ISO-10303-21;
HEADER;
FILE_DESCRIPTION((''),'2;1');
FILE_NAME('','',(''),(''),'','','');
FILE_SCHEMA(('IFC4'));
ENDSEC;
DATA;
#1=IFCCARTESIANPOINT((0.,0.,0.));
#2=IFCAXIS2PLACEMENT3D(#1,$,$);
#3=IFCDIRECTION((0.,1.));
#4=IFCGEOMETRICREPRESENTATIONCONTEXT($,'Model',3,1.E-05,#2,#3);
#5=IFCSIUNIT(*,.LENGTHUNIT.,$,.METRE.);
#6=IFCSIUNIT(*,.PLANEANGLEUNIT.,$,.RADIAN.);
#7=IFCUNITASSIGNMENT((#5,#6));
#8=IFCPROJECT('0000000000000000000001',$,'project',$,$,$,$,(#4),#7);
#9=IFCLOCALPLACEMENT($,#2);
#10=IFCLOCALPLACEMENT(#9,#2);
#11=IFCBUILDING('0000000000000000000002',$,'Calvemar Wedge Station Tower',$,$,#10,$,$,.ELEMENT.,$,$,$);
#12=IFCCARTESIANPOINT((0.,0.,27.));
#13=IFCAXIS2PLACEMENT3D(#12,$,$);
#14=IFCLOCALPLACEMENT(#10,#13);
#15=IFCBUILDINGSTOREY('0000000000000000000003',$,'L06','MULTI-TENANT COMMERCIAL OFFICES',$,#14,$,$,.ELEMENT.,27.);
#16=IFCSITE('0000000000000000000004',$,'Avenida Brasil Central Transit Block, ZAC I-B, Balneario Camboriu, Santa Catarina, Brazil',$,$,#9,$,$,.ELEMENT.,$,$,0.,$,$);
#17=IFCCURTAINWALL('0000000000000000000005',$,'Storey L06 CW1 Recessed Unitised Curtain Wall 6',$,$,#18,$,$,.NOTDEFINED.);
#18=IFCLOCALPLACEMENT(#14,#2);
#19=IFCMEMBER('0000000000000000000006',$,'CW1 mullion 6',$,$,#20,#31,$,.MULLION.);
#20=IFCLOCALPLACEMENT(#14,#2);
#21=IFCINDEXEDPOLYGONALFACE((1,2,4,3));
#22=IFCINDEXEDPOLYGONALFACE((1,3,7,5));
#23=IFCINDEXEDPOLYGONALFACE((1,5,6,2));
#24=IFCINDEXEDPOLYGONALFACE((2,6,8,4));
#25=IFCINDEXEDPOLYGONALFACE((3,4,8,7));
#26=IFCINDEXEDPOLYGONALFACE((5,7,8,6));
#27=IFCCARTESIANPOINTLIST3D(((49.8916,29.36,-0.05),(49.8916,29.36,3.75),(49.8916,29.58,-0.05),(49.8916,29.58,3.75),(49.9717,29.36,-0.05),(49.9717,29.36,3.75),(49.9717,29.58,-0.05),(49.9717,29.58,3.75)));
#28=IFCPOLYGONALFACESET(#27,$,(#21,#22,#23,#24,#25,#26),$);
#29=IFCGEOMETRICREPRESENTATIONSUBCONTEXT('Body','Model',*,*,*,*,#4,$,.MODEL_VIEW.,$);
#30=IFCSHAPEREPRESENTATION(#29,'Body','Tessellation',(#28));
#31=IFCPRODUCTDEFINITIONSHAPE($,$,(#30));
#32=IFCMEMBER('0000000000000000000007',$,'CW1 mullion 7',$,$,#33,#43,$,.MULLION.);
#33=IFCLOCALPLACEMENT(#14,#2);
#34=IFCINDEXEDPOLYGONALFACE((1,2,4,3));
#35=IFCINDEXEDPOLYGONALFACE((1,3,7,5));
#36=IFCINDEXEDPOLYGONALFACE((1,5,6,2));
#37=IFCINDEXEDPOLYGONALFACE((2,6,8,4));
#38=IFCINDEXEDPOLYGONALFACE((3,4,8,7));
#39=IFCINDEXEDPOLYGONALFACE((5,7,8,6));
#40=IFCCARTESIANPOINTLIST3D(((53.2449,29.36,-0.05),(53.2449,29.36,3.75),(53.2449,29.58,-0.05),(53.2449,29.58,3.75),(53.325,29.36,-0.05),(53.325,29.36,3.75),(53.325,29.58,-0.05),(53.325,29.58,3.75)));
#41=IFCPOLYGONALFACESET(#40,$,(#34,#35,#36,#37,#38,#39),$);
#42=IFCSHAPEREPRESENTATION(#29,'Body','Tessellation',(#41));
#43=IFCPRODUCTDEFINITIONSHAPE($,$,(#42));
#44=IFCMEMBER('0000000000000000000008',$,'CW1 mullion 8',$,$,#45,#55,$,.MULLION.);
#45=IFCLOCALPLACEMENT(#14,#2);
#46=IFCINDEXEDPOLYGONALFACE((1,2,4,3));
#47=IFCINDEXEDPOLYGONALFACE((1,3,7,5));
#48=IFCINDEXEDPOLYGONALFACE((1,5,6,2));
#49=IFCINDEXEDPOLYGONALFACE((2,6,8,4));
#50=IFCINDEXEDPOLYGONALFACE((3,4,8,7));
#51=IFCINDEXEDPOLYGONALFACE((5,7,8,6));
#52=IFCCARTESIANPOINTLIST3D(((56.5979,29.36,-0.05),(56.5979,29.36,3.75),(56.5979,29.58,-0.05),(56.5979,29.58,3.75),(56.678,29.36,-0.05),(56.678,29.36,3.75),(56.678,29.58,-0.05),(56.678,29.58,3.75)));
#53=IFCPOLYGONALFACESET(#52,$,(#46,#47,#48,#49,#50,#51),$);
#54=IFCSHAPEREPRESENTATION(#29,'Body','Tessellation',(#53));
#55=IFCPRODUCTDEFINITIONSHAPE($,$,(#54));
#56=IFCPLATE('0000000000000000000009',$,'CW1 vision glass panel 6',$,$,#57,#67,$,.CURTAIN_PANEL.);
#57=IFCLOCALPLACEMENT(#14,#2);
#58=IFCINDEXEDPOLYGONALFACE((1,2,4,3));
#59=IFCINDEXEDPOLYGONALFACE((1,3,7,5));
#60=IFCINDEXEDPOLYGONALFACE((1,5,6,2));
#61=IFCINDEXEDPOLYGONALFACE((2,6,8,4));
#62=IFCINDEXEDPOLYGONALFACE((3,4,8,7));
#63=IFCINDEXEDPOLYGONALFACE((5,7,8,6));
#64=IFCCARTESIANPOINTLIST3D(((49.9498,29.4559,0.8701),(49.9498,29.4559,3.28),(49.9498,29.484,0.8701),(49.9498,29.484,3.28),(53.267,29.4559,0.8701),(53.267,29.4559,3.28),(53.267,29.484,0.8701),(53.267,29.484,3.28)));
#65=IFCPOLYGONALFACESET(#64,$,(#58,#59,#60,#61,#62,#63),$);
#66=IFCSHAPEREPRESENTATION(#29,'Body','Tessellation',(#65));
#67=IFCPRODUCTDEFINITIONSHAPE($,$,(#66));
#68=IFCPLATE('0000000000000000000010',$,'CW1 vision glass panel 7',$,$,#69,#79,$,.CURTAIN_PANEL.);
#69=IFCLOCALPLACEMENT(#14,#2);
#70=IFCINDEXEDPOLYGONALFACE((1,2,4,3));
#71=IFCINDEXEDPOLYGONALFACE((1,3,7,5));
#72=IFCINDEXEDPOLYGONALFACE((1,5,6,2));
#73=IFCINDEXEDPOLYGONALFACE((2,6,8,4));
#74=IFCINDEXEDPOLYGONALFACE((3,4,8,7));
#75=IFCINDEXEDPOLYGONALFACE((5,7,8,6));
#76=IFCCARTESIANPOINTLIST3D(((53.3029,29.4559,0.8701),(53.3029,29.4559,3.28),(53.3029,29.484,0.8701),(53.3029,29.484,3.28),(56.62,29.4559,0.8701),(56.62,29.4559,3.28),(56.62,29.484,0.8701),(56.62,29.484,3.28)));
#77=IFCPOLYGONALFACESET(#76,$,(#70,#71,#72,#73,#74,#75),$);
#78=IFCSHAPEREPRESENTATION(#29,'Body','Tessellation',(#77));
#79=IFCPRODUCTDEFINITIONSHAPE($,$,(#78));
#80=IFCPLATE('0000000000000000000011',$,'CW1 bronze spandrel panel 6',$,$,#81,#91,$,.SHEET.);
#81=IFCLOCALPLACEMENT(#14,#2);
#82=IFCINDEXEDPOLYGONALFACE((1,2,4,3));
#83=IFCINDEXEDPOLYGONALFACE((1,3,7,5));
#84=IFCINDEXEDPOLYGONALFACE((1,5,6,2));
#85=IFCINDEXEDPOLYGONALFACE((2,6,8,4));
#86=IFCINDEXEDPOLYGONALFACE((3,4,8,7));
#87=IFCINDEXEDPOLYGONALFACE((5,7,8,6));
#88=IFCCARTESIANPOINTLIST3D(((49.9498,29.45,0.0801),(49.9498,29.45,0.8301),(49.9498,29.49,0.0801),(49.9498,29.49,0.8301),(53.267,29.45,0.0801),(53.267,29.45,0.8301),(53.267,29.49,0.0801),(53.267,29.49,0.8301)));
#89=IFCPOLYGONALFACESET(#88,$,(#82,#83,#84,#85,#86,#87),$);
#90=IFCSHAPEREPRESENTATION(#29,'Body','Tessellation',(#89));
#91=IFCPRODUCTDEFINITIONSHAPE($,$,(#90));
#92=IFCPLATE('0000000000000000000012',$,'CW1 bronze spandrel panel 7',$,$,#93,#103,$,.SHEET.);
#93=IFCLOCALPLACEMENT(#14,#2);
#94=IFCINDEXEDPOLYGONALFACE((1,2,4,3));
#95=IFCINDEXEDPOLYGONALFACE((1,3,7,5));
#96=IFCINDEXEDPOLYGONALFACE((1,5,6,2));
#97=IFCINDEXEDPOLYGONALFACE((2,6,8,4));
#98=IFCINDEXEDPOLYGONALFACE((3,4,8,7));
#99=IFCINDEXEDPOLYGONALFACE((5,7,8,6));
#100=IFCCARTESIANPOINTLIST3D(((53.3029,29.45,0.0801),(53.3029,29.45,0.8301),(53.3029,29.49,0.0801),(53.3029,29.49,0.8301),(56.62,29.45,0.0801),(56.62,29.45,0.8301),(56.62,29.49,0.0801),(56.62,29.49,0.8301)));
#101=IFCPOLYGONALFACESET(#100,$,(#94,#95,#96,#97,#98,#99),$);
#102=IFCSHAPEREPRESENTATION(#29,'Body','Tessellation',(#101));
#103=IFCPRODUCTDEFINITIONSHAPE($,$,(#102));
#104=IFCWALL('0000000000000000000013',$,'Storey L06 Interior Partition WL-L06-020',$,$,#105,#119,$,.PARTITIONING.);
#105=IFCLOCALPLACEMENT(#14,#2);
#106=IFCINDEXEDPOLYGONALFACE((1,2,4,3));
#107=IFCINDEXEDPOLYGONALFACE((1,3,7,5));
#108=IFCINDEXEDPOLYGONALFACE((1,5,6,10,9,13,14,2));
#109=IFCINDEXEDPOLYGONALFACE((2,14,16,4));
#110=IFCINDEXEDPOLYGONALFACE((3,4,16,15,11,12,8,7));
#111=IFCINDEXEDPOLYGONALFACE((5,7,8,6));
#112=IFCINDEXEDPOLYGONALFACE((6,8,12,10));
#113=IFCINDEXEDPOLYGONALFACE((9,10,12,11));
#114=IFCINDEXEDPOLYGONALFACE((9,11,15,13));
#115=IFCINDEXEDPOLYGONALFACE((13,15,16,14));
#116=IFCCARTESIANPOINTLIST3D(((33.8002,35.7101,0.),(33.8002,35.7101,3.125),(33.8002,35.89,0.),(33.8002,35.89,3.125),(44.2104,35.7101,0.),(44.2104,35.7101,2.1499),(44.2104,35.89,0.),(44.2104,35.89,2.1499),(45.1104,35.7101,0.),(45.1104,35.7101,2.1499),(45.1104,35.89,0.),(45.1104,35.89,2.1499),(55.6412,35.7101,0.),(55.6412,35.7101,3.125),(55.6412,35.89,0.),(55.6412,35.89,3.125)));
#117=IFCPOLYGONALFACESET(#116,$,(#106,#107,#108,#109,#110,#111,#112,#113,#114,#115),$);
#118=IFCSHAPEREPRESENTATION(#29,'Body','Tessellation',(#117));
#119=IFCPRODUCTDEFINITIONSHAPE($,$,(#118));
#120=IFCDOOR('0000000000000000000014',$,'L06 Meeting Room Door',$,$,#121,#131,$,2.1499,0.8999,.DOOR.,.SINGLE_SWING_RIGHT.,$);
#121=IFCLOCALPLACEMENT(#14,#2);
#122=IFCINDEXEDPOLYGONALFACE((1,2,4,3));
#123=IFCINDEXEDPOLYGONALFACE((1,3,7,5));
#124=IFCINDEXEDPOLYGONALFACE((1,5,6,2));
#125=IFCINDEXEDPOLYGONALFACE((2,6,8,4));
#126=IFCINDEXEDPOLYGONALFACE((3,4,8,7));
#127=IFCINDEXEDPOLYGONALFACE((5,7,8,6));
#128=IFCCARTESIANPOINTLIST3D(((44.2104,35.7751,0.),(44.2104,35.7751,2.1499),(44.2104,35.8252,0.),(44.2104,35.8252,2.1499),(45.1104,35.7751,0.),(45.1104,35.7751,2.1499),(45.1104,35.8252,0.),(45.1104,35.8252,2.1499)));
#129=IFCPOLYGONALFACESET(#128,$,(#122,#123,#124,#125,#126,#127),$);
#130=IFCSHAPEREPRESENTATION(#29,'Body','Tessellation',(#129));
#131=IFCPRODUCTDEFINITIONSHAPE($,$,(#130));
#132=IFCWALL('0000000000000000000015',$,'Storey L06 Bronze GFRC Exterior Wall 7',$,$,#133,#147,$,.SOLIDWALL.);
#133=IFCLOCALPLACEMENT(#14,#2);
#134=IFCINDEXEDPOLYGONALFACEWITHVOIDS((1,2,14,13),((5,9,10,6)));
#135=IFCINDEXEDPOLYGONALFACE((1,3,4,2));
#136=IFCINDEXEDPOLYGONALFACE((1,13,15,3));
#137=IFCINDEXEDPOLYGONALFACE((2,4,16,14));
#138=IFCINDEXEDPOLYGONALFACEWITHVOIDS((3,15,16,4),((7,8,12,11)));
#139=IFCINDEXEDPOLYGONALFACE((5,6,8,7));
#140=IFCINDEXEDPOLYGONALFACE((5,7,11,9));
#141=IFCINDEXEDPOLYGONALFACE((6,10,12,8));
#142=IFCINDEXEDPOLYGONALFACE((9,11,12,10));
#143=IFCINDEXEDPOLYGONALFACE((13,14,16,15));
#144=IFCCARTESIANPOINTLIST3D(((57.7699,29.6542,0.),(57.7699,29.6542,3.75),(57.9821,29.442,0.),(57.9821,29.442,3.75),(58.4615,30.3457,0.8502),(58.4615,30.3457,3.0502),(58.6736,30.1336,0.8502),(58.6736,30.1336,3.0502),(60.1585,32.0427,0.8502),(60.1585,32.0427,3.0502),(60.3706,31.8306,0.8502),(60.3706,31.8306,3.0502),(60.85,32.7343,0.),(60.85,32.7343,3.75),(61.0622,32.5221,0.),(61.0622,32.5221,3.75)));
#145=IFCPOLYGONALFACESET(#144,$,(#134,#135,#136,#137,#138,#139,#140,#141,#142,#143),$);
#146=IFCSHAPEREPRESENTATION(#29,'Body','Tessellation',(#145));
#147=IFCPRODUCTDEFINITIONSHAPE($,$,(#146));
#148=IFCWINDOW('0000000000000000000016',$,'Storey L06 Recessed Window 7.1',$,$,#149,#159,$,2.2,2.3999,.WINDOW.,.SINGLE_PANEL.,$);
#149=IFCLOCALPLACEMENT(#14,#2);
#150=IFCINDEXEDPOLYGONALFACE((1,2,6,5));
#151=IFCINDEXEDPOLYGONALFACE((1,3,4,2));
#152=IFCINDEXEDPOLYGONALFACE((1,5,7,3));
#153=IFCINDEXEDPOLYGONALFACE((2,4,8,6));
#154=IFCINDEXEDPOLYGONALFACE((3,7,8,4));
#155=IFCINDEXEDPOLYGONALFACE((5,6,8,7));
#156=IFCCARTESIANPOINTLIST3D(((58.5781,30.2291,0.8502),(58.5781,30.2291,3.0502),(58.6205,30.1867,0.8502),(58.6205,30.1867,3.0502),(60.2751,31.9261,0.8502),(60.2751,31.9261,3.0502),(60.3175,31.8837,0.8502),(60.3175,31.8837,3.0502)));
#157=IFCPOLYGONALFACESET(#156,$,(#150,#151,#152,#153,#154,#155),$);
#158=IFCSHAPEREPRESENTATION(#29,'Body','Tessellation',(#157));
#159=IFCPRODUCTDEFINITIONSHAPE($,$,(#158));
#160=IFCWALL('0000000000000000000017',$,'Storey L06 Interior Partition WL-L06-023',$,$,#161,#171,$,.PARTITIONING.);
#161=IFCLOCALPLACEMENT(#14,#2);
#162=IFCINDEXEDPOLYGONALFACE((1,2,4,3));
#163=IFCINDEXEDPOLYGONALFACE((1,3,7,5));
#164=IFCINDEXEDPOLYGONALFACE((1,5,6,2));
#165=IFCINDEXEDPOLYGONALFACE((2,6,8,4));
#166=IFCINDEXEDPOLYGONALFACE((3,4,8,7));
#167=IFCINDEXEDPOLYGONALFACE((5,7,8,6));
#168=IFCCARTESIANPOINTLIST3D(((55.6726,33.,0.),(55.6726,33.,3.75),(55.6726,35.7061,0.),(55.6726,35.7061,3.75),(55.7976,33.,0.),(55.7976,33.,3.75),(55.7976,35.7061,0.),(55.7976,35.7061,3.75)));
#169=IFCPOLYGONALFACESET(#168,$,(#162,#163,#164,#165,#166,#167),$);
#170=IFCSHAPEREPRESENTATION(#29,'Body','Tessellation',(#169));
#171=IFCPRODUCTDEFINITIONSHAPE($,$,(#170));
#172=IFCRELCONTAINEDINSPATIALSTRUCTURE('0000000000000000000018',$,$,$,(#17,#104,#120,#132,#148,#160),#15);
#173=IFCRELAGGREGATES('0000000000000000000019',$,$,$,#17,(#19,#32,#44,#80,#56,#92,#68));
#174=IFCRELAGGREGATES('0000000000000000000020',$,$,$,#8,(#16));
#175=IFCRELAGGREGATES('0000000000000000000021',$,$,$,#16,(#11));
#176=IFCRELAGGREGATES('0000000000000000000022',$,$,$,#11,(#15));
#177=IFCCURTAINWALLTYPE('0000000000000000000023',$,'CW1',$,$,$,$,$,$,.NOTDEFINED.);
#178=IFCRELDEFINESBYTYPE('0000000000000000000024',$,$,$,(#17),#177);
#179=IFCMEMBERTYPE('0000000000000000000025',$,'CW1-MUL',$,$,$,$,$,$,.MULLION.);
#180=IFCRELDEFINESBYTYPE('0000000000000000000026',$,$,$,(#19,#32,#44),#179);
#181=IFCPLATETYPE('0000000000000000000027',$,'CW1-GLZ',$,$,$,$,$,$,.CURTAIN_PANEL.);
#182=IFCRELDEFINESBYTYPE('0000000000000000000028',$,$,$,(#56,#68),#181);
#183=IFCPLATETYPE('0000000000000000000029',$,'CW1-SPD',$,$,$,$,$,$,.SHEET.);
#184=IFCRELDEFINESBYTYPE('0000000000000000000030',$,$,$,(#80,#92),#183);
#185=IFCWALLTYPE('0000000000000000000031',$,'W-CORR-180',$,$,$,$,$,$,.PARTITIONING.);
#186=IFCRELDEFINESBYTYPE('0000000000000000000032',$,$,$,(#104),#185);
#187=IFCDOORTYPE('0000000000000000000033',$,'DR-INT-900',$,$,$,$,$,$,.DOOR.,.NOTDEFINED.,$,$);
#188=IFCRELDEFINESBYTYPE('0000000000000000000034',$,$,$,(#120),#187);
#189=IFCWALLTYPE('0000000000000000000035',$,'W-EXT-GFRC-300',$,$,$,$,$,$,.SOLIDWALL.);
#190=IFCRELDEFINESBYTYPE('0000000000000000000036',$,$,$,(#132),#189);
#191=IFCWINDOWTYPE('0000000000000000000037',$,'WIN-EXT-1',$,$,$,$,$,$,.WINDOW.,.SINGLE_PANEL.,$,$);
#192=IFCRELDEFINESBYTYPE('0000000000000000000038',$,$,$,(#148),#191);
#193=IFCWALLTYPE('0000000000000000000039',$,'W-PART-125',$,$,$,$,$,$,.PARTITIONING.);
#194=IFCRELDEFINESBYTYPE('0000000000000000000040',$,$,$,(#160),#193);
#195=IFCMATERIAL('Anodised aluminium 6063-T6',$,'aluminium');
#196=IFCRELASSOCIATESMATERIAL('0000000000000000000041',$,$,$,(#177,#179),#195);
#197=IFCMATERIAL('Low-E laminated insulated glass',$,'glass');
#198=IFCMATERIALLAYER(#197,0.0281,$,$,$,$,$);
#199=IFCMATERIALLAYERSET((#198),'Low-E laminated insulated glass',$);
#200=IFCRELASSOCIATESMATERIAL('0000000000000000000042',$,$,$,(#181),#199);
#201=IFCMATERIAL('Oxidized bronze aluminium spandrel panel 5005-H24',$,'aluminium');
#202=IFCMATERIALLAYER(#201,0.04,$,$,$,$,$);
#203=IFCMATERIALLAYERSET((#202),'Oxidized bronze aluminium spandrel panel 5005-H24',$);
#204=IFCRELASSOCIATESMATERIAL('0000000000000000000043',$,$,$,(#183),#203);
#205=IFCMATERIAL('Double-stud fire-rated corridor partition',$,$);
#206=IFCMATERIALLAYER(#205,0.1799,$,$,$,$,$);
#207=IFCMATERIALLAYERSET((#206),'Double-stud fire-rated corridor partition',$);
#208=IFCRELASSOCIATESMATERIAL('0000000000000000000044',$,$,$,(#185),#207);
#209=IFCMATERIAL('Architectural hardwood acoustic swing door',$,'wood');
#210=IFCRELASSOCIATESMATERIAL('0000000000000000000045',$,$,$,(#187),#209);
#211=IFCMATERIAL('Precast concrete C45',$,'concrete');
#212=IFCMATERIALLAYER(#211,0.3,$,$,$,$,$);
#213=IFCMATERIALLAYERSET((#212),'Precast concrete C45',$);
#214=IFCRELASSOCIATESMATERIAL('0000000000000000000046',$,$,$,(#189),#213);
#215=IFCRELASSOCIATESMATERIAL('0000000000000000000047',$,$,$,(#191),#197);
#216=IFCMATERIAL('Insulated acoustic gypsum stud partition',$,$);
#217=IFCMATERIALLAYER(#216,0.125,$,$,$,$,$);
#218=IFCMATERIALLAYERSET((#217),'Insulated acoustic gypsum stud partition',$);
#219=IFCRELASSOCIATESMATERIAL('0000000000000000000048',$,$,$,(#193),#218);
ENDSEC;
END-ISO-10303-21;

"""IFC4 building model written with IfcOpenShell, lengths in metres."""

from ifc_helpers import new_model, si_unit, direction, frame, frame_2d, origin, origin_2d, place, context, subcontext, project, spatial, rectangle, extrude, source, transform, mapped, material, layer, layer_set, material_profile, profile_set, type_object, element, fill, aggregate, save


model = new_model("IFC4")

# Units and contexts
model_context = context("Model", 3, precision=1e-05, world=origin(), true_north=direction((0.0, 1.0)))
body_context = subcontext(model_context, "Body", "Model", "MODEL_VIEW")
ifc_project = project(units=[si_unit("LENGTHUNIT", "METRE"), si_unit("PLANEANGLEUNIT", "RADIAN")], contexts=[model_context])

# Site, building, storey
site_placement = place(None, origin())
site = spatial("IfcSite", under=ifc_project, at=site_placement, Name="Avenida Brasil Central Transit Block, ZAC I-B, Balneario Camboriu, Santa Catarina, Brazil", CompositionType="ELEMENT", RefElevation=0.0)
building_placement = place(site_placement, origin())
building = spatial("IfcBuilding", under=site, at=building_placement, Name="Calvemar Wedge Station Tower", CompositionType="ELEMENT")
storey_placement = place(building_placement, frame((0.0, 0.0, 27.0)))
storey = spatial("IfcBuildingStorey", under=building, at=storey_placement, Name="L06", Description="MULTI-TENANT COMMERCIAL OFFICES", CompositionType="ELEMENT", Elevation=27.0)

# Curtain wall, members, plates
ifc_material_1 = material(Name="Anodised aluminium 6063-T6", Category="aluminium")
curtain_wall_type = type_object("IfcCurtainWallType", Name="CW1", PredefinedType="NOTDEFINED", material=ifc_material_1)
curtain_wall_placement = place(storey_placement, origin())
curtain_wall = element("IfcCurtainWall", 1, at=curtain_wall_placement, inside=storey, type_object=curtain_wall_type, Name="Storey L06 CW1 Recessed Unitised Curtain Wall 6", PredefinedType="NOTDEFINED")
ifc_material_profile = material_profile(ifc_material_1, rectangle(XDim=0.0801, YDim=0.22, at=origin_2d()), Name="AL-MUL-80x220")
ifc_profile_set = profile_set([ifc_material_profile], Name="Anodised aluminium 6063-T6")
member_type = type_object("IfcMemberType", Name="CW1-MUL", PredefinedType="MULLION", material=ifc_profile_set)
shared_shape_1 = source(origin(), body_context, "Body", "SweptSolid", [
    extrude(rectangle(XDim=0.0801, YDim=0.22, at=origin_2d()), origin(), (0.0, 0.0, 1.0), 3.8),
])
member_1_placement = place(storey_placement, frame((49.9316, 29.47, -0.05), z_axis=(0.0, 0.0, 1.0), x_axis=(1.0, 0.0, 0.0)))
member_1 = element("IfcMember", 2, at=member_1_placement, type_object=member_type, Name="CW1 mullion 6", PredefinedType="MULLION", context=body_context, shape_type="MappedRepresentation", body=[
    mapped(shared_shape_1, transform((0.0, 0.0, 0.0), scale=1.0)),
])
member_2_placement = place(storey_placement, frame((53.2849, 29.47, -0.05), z_axis=(0.0, 0.0, 1.0), x_axis=(1.0, 0.0, 0.0)))
member_2 = element("IfcMember", 3, at=member_2_placement, type_object=member_type, Name="CW1 mullion 7", PredefinedType="MULLION", context=body_context, shape_type="MappedRepresentation", body=[
    mapped(shared_shape_1, transform((0.0, 0.0, 0.0), scale=1.0)),
])
member_3_placement = place(storey_placement, frame((56.6379, 29.47, -0.05), z_axis=(0.0, 0.0, 1.0), x_axis=(1.0, 0.0, 0.0)))
member_3 = element("IfcMember", 4, at=member_3_placement, type_object=member_type, Name="CW1 mullion 8", PredefinedType="MULLION", context=body_context, shape_type="MappedRepresentation", body=[
    mapped(shared_shape_1, transform((0.0, 0.0, 0.0), scale=1.0)),
])
ifc_material_2 = material(Name="Low-E laminated insulated glass", Category="glass")
ifc_layer_1 = layer(ifc_material_2, 0.0281)
ifc_layer_set_1 = layer_set([ifc_layer_1], Name="Low-E laminated insulated glass")
plate_type_1 = type_object("IfcPlateType", Name="CW1-GLZ", PredefinedType="CURTAIN_PANEL", material=ifc_layer_set_1)
plate_1_placement = place(storey_placement, frame((49.9497, 29.47, 0.8701), z_axis=(0.0, 0.0, 1.0), x_axis=(1.0, 0.0, 0.0)))
plate_1 = element("IfcPlate", 5, at=plate_1_placement, type_object=plate_type_1, Name="CW1 vision glass panel 6", PredefinedType="CURTAIN_PANEL", context=body_context, shape_type="SweptSolid", body=[
    extrude(rectangle(XDim=3.3171, YDim=0.0281, at=frame_2d((1.6587, 0.0))), origin(), (0.0, 0.0, 1.0), 2.4099),
])
plate_2_placement = place(storey_placement, frame((53.3027, 29.47, 0.8701), z_axis=(0.0, 0.0, 1.0), x_axis=(1.0, 0.0, 0.0)))
plate_2 = element("IfcPlate", 6, at=plate_2_placement, type_object=plate_type_1, Name="CW1 vision glass panel 7", PredefinedType="CURTAIN_PANEL", context=body_context, shape_type="SweptSolid", body=[
    extrude(rectangle(XDim=3.3171, YDim=0.0281, at=frame_2d((1.6587, 0.0))), origin(), (0.0, 0.0, 1.0), 2.4099),
])
ifc_material_3 = material(Name="Oxidized bronze aluminium spandrel panel 5005-H24", Category="aluminium")
ifc_layer_2 = layer(ifc_material_3, 0.04)
ifc_layer_set_2 = layer_set([ifc_layer_2], Name="Oxidized bronze aluminium spandrel panel 5005-H24")
plate_type_2 = type_object("IfcPlateType", Name="CW1-SPD", PredefinedType="SHEET", material=ifc_layer_set_2)
plate_3_placement = place(storey_placement, frame((49.9497, 29.47, 0.0801), z_axis=(0.0, 0.0, 1.0), x_axis=(1.0, 0.0, 0.0)))
plate_3 = element("IfcPlate", 7, at=plate_3_placement, type_object=plate_type_2, Name="CW1 bronze spandrel panel 6", PredefinedType="SHEET", context=body_context, shape_type="SweptSolid", body=[
    extrude(rectangle(XDim=3.3171, YDim=0.04, at=frame_2d((1.6587, 0.0))), origin(), (0.0, 0.0, 1.0), 0.75),
])
plate_4_placement = place(storey_placement, frame((53.3027, 29.47, 0.0801), z_axis=(0.0, 0.0, 1.0), x_axis=(1.0, 0.0, 0.0)))
plate_4 = element("IfcPlate", 8, at=plate_4_placement, type_object=plate_type_2, Name="CW1 bronze spandrel panel 7", PredefinedType="SHEET", context=body_context, shape_type="SweptSolid", body=[
    extrude(rectangle(XDim=3.3171, YDim=0.04, at=frame_2d((1.6587, 0.0))), origin(), (0.0, 0.0, 1.0), 0.75),
])
aggregate(curtain_wall, [member_1, member_2, member_3, plate_3, plate_1, plate_4, plate_2])

# Wall, opening, door
ifc_material_4 = material(Name="Double-stud fire-rated corridor partition")
ifc_layer_3 = layer(ifc_material_4, 0.1799)
ifc_layer_set_3 = layer_set([ifc_layer_3], Name="Double-stud fire-rated corridor partition")
wall_type_1 = type_object("IfcWallType", Name="W-CORR-180", PredefinedType="PARTITIONING", material=ifc_layer_set_3)
wall_1_placement = place(storey_placement, frame((55.6411, 35.8, 0.0), z_axis=(0.0, 0.0, 1.0), x_axis=(-1.0, 0.0, 0.0)))
wall_1 = element("IfcWall", 9, at=wall_1_placement, inside=storey, type_object=wall_type_1, Name="Storey L06 Interior Partition WL-L06-020", PredefinedType="PARTITIONING", context=body_context, shape_type="SweptSolid", body=[
    extrude(rectangle(XDim=21.8411, YDim=0.1799, at=frame_2d((10.9204, 0.0))), origin(), (0.0, 0.0, 1.0), 3.125),
])
shared_shape_2 = source(origin(), body_context, "Body", "SweptSolid", [
    extrude(rectangle(XDim=0.8999, YDim=2.1499, at=frame_2d((0.45, 1.075))), frame((0.0, 0.1001, 0.0), z_axis=(0.0, -1.0, 0.0), x_axis=(1.0, 0.0, 0.0)), (0.0, 0.0, 1.0), 0.2),
])
opening_1_placement = place(wall_1_placement, frame((10.5308, 0.0, 0.0)))
opening_1 = element("IfcOpeningElement", 10, at=opening_1_placement, cuts=wall_1, PredefinedType="OPENING", context=body_context, shape_type="MappedRepresentation", body=[
    mapped(shared_shape_2, transform((0.0, 0.0, 0.0), scale=1.0)),
])
ifc_material_5 = material(Name="Architectural hardwood acoustic swing door", Category="wood")
door_type_1 = type_object("IfcDoorType", Name="DR-INT-900", OperationType="NOTDEFINED", PredefinedType="DOOR", material=ifc_material_5)
shared_shape_3 = source(origin(), body_context, "Body", "SweptSolid", [
    extrude(rectangle(XDim=0.8999, YDim=2.1499, at=frame_2d((0.45, 1.075))), frame((0.0, 0.0249, 0.0), z_axis=(0.0, -1.0, 0.0), x_axis=(1.0, 0.0, 0.0)), (0.0, 0.0, 1.0), 0.05),
])
door_1_placement = place(opening_1_placement, origin())
door_1 = element("IfcDoor", 11, at=door_1_placement, inside=storey, type_object=door_type_1, Name="L06 Meeting Room Door", OperationType="SINGLE_SWING_RIGHT", OverallHeight=2.1499, OverallWidth=0.8999, PredefinedType="DOOR", context=body_context, shape_type="MappedRepresentation", body=[
    mapped(shared_shape_3, transform((0.0, 0.0, 0.0), scale=1.0)),
])
fill(opening_1, door_1)

# Wall, opening, window
ifc_material_6 = material(Name="Precast concrete C45", Category="concrete")
ifc_layer_4 = layer(ifc_material_6, 0.3)
ifc_layer_set_4 = layer_set([ifc_layer_4], Name="Precast concrete C45")
wall_type_2 = type_object("IfcWallType", Name="W-EXT-GFRC-300", PredefinedType="SOLIDWALL", material=ifc_layer_set_4)
wall_2_placement = place(storey_placement, frame((57.876, 29.5481, 0.0), z_axis=(0.0, 0.0, 1.0), x_axis=(0.707107, 0.707107, 0.0)))
wall_2 = element("IfcWall", 12, at=wall_2_placement, inside=storey, type_object=wall_type_2, Name="Storey L06 Bronze GFRC Exterior Wall 7", PredefinedType="SOLIDWALL", context=body_context, shape_type="SweptSolid", body=[
    extrude(rectangle(XDim=4.356, YDim=0.3, at=frame_2d((2.178, 0.0))), origin(), (0.0, 0.0, 1.0), 3.75),
])
shared_shape_4 = source(origin(), body_context, "Body", "SweptSolid", [
    extrude(rectangle(XDim=2.3999, YDim=2.2, at=frame_2d((1.2, 1.1001))), frame((0.0, 0.1602, 0.0), z_axis=(0.0, -1.0, 0.0), x_axis=(1.0, 0.0, 0.0)), (0.0, 0.0, 1.0), 0.3201),
])
opening_2_placement = place(wall_2_placement, frame((0.978, 0.0, 0.8501)))
opening_2 = element("IfcOpeningElement", 13, at=opening_2_placement, cuts=wall_2, PredefinedType="OPENING", context=body_context, shape_type="MappedRepresentation", body=[
    mapped(shared_shape_4, transform((0.0, 0.0, 0.0), scale=1.0)),
])
window_type_1 = type_object("IfcWindowType", Name="WIN-EXT-1", PartitioningType="SINGLE_PANEL", PredefinedType="WINDOW", material=ifc_material_2)
shared_shape_5 = source(origin(), body_context, "Body", "SweptSolid", [
    extrude(rectangle(XDim=2.3999, YDim=2.2, at=frame_2d((1.2, 1.1001))), frame((0.0, -0.0149, 0.0), z_axis=(0.0, -1.0, 0.0), x_axis=(1.0, 0.0, 0.0)), (0.0, 0.0, 1.0), 0.0601),
])
window_1_placement = place(opening_2_placement, origin())
window_1 = element("IfcWindow", 14, at=window_1_placement, inside=storey, type_object=window_type_1, Name="Storey L06 Recessed Window 7.1", OverallHeight=2.2, OverallWidth=2.3999, PartitioningType="SINGLE_PANEL", PredefinedType="WINDOW", context=body_context, shape_type="MappedRepresentation", body=[
    mapped(shared_shape_5, transform((0.0, 0.0, 0.0), scale=1.0)),
])
fill(opening_2, window_1)

# Wall
ifc_material_7 = material(Name="Insulated acoustic gypsum stud partition")
ifc_layer_5 = layer(ifc_material_7, 0.125)
ifc_layer_set_5 = layer_set([ifc_layer_5], Name="Insulated acoustic gypsum stud partition")
wall_type_3 = type_object("IfcWallType", Name="W-PART-125", PredefinedType="PARTITIONING", material=ifc_layer_set_5)
wall_3_placement = place(storey_placement, frame((55.7351, 33.0, 0.0), z_axis=(0.0, 0.0, 1.0), x_axis=(0.0, 1.0, 0.0)))
element("IfcWall", 15, at=wall_3_placement, inside=storey, type_object=wall_type_3, Name="Storey L06 Interior Partition WL-L06-023", PredefinedType="PARTITIONING", context=body_context, shape_type="SweptSolid", body=[
    extrude(rectangle(XDim=2.7061, YDim=0.125, at=frame_2d((1.353, 0.0))), origin(), (0.0, 0.0, 1.0), 3.75),
])

save(model, "model.ifc")
